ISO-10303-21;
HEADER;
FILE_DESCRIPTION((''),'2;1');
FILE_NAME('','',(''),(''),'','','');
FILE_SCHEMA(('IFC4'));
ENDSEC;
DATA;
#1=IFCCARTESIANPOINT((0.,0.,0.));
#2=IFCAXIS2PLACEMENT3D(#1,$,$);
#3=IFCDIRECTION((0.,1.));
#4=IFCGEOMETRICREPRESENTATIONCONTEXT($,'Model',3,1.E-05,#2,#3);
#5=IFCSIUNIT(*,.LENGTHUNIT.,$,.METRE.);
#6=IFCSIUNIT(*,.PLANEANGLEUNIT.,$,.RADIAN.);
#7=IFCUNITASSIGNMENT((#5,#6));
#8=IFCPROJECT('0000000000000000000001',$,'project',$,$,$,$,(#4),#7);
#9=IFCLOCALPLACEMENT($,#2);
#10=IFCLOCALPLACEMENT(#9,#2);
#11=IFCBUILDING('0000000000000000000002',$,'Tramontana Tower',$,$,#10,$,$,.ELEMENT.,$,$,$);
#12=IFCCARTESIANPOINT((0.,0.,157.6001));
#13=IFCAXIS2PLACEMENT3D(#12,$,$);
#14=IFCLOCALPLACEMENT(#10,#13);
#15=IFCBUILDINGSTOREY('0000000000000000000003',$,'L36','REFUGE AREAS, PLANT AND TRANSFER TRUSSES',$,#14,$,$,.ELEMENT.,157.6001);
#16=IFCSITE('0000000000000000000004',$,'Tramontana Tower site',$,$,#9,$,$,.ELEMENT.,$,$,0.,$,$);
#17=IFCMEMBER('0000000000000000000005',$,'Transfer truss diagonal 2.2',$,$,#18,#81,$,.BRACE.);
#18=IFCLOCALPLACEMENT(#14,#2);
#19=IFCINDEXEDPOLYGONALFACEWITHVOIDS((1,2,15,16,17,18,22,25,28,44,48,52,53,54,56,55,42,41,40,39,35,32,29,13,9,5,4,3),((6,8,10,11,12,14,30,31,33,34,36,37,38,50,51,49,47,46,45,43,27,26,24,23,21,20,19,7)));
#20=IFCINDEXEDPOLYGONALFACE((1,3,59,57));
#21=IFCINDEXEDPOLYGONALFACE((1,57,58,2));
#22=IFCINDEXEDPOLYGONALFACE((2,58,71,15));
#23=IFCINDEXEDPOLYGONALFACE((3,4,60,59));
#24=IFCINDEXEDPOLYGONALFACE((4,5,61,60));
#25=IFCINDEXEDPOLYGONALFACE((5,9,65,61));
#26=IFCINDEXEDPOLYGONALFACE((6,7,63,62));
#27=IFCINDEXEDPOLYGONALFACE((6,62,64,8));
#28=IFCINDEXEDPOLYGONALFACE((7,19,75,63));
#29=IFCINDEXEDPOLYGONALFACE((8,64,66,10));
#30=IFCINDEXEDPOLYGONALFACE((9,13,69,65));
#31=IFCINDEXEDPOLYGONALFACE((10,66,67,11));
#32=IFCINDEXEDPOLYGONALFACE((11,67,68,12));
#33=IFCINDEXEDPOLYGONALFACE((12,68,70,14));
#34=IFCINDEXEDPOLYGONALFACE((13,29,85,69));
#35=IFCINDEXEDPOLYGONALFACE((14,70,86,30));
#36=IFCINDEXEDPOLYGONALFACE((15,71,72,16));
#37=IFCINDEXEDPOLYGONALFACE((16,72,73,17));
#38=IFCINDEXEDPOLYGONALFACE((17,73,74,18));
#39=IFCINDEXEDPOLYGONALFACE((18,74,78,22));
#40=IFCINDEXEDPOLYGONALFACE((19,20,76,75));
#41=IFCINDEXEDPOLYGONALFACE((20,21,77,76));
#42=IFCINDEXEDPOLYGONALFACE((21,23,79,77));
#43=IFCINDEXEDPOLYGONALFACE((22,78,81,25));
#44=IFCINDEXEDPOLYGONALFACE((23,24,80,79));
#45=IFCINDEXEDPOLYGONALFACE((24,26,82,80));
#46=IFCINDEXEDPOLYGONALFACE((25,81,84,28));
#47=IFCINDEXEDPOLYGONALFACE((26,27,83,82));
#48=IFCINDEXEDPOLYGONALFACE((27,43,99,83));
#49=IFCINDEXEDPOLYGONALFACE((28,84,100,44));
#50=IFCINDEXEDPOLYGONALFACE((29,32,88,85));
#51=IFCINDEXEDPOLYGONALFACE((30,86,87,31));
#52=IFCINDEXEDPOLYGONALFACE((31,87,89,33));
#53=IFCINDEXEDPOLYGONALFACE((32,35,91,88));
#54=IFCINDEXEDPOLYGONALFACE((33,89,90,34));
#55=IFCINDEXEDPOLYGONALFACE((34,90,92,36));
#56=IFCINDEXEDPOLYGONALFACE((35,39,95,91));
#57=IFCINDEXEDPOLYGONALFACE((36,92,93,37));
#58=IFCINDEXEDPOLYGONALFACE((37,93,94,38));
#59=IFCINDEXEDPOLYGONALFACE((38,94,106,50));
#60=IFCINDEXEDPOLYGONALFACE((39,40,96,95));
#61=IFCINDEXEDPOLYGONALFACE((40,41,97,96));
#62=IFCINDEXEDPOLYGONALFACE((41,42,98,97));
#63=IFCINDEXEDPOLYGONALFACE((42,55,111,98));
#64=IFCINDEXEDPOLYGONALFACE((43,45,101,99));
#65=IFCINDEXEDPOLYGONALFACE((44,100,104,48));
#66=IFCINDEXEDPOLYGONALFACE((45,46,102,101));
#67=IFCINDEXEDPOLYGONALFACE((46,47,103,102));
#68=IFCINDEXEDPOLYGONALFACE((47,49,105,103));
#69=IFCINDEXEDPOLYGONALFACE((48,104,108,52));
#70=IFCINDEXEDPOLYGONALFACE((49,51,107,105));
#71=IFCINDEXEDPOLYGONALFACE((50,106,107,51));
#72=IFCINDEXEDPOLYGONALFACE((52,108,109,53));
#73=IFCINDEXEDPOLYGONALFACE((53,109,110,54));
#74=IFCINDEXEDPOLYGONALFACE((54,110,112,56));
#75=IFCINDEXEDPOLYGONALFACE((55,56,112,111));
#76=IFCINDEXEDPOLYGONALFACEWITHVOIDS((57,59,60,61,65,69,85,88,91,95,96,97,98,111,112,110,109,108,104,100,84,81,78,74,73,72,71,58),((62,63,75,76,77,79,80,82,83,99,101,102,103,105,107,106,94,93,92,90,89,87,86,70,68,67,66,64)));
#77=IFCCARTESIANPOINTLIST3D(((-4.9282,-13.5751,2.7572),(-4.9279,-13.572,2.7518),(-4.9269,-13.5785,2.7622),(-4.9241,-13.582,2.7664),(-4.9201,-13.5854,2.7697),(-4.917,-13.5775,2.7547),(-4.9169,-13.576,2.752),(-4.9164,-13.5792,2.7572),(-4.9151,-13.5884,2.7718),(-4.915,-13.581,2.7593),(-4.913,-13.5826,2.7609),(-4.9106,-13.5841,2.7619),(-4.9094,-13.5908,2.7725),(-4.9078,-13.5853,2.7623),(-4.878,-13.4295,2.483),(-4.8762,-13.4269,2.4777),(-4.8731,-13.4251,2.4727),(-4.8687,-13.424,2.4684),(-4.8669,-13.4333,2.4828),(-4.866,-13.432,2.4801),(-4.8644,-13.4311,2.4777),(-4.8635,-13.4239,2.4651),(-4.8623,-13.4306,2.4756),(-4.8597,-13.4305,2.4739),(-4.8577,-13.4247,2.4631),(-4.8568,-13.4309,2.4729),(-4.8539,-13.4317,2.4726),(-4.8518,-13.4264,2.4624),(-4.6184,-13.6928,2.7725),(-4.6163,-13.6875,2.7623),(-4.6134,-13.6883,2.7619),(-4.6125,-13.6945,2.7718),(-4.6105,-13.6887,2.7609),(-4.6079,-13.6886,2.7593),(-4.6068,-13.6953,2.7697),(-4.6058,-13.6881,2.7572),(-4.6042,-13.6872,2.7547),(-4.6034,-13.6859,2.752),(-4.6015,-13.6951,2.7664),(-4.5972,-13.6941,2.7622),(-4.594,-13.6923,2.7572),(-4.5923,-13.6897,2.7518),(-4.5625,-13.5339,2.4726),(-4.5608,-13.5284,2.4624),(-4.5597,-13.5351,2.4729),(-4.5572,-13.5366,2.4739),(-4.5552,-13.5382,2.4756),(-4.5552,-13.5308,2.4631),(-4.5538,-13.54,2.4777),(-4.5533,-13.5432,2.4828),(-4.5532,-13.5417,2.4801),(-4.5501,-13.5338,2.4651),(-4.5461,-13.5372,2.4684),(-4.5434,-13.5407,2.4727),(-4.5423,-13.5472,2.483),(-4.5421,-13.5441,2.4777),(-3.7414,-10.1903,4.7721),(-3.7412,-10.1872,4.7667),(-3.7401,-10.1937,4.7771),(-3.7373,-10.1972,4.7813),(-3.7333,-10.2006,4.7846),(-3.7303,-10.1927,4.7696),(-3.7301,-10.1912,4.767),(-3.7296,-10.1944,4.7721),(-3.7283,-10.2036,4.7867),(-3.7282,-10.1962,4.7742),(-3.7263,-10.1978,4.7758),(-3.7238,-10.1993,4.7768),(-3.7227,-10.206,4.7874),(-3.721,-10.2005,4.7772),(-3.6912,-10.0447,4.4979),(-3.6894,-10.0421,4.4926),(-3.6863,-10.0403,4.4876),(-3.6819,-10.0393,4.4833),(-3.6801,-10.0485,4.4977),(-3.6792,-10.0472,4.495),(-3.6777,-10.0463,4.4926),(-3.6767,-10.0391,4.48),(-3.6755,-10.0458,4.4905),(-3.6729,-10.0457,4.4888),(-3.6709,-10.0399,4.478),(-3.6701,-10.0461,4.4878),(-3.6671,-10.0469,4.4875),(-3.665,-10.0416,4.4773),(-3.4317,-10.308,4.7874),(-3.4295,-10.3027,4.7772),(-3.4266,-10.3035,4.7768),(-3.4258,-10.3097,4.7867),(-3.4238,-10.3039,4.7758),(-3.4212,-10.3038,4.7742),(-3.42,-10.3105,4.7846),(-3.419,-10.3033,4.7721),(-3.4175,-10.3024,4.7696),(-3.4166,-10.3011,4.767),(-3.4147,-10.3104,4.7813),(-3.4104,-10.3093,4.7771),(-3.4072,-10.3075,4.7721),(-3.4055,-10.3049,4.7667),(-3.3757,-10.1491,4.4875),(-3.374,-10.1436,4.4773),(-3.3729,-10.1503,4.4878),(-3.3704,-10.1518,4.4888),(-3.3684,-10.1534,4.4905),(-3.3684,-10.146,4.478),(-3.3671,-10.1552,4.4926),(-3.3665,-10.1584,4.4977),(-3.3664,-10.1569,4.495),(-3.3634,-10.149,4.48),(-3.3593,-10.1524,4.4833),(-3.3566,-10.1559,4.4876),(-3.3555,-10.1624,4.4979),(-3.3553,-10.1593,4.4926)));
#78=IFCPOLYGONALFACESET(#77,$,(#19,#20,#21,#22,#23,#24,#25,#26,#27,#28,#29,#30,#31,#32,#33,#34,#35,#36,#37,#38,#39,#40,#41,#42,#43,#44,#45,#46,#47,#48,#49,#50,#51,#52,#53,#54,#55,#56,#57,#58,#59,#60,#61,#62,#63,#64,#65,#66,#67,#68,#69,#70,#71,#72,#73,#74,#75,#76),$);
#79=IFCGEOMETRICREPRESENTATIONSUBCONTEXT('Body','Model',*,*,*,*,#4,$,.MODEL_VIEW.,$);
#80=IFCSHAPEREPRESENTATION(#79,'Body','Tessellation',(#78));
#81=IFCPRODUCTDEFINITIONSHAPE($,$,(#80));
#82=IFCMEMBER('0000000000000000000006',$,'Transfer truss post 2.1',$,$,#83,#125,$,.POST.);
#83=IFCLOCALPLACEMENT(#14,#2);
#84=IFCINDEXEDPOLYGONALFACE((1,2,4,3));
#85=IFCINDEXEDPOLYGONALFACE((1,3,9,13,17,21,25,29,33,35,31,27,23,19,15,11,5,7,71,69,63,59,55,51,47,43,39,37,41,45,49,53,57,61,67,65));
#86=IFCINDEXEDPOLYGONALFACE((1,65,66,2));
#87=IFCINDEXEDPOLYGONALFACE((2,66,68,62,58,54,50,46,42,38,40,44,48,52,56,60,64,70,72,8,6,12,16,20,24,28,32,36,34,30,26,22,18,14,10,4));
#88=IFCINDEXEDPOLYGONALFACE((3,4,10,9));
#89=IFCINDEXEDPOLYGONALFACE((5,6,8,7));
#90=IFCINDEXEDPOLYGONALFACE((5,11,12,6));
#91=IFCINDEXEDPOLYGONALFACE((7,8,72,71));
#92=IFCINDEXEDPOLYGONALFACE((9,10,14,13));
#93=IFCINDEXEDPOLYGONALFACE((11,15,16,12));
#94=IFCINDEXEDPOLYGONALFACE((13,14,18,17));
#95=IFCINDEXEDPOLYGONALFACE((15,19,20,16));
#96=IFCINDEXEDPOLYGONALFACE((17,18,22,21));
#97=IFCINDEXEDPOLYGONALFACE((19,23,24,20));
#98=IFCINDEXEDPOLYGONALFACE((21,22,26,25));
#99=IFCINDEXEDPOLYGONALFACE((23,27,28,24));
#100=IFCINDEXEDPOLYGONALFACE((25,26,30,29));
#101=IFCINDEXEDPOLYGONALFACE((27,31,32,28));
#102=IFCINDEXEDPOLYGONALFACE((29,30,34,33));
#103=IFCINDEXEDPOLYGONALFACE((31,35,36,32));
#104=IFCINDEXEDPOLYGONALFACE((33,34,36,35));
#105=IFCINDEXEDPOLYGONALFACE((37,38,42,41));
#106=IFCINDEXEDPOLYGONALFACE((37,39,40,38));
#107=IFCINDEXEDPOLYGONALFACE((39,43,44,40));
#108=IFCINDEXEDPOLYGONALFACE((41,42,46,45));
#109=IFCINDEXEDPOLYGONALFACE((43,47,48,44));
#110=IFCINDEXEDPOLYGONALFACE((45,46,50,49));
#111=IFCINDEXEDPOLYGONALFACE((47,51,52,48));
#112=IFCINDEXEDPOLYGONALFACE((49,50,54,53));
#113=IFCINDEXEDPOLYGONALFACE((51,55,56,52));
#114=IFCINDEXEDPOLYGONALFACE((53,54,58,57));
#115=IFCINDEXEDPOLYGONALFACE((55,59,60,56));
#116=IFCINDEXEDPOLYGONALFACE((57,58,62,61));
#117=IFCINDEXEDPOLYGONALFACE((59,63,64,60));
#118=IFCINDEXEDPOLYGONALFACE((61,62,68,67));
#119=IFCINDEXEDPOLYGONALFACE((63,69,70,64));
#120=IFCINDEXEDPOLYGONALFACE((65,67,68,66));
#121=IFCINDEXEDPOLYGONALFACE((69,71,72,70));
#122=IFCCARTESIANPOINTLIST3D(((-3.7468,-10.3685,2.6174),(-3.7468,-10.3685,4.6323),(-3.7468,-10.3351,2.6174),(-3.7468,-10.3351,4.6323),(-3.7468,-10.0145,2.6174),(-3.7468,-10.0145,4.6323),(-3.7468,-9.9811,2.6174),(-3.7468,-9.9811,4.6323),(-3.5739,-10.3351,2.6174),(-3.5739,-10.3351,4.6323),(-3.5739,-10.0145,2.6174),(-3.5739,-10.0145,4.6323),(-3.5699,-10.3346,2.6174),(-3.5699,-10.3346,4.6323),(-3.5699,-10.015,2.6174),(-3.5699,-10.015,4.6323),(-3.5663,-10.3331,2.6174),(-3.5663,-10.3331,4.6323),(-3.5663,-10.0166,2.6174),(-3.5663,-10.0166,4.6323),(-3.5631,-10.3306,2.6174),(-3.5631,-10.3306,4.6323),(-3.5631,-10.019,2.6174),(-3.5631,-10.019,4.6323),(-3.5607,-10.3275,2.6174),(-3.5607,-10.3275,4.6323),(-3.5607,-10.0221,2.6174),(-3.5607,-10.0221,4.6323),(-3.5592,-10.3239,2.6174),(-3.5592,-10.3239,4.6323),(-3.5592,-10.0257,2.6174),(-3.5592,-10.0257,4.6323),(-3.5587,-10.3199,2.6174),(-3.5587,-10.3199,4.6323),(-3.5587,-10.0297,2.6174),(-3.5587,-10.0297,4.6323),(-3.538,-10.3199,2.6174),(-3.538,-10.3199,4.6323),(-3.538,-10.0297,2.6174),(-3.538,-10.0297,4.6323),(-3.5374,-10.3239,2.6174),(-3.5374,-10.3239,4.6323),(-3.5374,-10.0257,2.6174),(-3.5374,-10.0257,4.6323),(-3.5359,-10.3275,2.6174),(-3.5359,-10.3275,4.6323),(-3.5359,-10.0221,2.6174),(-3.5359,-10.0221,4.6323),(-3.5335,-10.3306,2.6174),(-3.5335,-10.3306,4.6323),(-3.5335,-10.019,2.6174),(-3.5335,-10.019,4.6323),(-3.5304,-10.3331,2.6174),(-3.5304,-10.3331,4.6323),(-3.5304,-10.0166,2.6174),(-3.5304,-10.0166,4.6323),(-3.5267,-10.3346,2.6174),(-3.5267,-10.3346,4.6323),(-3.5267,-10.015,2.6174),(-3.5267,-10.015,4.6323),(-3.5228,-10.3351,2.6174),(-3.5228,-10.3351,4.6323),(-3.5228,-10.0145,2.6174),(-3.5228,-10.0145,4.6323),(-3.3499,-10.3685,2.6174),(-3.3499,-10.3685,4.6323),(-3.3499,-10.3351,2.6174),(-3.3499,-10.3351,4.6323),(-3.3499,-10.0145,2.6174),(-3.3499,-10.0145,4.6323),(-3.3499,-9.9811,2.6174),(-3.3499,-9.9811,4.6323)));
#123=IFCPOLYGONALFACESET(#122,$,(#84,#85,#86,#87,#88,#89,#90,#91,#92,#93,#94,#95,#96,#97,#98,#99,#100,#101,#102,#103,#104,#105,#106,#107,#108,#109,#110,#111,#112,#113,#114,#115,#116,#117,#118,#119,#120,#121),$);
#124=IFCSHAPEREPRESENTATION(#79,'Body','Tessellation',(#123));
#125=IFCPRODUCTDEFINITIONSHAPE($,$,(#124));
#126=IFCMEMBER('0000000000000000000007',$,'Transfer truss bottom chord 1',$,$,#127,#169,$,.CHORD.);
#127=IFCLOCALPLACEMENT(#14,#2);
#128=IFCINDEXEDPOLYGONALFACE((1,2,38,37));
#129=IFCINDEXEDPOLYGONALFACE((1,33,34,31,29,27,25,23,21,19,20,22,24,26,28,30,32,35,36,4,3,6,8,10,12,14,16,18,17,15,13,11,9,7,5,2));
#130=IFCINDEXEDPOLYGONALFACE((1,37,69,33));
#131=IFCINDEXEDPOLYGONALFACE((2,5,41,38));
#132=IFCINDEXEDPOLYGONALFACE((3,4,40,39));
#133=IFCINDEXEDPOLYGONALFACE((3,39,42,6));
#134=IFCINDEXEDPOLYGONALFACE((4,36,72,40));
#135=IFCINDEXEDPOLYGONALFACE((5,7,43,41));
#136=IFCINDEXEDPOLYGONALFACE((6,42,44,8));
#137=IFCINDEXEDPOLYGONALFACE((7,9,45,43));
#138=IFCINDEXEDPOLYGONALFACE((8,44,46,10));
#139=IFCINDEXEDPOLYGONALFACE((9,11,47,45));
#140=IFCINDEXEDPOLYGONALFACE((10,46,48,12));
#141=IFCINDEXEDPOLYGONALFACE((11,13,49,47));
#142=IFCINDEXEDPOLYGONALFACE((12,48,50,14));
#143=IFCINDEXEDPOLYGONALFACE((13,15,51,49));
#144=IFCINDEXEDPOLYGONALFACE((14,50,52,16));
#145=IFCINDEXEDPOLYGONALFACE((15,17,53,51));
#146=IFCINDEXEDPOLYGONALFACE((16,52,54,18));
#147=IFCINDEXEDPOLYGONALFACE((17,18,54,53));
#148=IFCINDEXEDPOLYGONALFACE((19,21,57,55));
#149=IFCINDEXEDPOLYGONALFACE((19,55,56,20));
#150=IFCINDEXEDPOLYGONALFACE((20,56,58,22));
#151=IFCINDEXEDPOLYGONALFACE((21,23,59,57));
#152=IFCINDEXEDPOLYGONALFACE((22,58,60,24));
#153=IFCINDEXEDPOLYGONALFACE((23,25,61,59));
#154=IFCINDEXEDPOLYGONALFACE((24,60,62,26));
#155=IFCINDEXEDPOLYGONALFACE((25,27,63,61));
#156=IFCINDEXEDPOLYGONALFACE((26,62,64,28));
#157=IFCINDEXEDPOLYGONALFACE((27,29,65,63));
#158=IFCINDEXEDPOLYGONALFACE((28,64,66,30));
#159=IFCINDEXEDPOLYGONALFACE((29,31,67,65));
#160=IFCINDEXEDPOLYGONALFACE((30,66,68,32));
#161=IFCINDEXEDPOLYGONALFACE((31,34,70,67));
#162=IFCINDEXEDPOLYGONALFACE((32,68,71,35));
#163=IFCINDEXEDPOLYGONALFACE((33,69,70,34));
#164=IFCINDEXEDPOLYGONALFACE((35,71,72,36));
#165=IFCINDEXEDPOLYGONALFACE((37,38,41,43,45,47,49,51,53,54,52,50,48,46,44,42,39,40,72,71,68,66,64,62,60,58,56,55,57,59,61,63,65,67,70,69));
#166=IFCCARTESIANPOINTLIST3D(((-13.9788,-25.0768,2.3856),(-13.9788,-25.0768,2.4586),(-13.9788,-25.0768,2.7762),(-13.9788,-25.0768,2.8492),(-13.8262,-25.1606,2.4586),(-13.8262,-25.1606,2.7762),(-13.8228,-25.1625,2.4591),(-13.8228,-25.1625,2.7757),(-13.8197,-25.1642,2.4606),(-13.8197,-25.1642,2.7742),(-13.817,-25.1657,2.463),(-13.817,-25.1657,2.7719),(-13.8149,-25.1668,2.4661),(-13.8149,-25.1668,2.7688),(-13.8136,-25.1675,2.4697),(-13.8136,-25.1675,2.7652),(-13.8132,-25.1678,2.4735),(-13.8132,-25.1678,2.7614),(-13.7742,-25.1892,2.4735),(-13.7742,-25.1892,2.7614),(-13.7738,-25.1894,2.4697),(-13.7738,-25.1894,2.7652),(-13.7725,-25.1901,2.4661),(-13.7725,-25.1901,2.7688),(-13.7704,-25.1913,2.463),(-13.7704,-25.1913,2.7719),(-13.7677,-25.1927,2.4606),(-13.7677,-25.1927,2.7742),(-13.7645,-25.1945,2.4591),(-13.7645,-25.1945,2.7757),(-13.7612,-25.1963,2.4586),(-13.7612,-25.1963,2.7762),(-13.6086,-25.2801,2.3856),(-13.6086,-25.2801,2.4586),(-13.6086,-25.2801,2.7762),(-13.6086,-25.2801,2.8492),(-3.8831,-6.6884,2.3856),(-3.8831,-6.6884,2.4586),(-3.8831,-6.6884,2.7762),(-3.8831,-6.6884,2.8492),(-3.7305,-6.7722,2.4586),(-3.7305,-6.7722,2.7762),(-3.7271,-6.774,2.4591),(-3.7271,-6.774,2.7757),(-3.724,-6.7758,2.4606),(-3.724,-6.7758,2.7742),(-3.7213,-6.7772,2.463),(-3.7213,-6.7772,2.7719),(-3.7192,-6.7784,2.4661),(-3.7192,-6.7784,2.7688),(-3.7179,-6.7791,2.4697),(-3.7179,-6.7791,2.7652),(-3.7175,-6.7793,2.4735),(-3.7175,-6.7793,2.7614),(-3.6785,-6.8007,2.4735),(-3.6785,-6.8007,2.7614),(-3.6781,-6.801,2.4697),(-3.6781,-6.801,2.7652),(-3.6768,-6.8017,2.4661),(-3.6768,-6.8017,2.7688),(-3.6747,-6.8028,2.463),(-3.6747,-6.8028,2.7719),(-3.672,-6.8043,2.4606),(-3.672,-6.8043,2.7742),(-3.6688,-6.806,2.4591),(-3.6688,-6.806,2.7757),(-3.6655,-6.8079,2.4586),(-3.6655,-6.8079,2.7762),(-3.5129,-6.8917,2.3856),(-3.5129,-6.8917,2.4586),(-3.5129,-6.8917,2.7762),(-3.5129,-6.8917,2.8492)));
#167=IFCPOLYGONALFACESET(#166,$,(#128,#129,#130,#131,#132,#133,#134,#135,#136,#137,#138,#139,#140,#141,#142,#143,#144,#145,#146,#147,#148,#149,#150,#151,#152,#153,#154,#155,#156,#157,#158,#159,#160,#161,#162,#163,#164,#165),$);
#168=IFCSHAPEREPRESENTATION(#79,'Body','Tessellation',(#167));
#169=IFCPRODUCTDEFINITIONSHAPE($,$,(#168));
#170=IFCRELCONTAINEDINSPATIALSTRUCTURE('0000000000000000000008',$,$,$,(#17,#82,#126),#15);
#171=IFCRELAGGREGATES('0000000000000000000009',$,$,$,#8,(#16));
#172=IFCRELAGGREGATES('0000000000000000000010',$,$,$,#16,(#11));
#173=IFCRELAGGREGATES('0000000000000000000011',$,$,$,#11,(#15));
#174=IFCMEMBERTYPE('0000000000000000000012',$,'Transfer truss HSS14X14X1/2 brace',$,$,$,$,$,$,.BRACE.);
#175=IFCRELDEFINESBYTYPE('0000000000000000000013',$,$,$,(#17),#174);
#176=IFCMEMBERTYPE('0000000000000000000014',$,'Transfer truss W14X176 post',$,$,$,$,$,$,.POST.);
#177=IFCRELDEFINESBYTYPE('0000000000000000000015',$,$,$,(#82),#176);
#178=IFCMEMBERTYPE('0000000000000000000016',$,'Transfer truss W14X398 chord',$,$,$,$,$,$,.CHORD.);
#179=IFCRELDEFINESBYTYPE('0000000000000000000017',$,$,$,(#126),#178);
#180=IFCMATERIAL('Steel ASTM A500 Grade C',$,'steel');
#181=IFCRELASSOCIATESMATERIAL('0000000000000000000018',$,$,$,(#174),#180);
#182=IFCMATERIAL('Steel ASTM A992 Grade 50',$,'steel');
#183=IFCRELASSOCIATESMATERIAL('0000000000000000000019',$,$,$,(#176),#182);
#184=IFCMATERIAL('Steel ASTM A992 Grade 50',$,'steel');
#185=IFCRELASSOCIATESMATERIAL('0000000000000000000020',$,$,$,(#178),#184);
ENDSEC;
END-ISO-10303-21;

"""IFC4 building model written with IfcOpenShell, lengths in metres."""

from ifc_helpers import new_model, si_unit, direction, frame, origin, origin_2d, place, context, subcontext, project, spatial, hollow_rectangle, i_section, extrude, material, material_profile, profile_set, type_object, element, save


model = new_model("IFC4")

# Units and contexts
model_context = context("Model", 3, precision=1e-05, world=origin(), true_north=direction((0.0, 1.0)))
body_context = subcontext(model_context, "Body", "Model", "MODEL_VIEW")
ifc_project = project(units=[si_unit("LENGTHUNIT", "METRE"), si_unit("PLANEANGLEUNIT", "RADIAN")], contexts=[model_context])

# Site, building, storey
site_placement = place(None, origin())
site = spatial("IfcSite", under=ifc_project, at=site_placement, Name="Tramontana Tower site", CompositionType="ELEMENT", RefElevation=0.0)
building_placement = place(site_placement, origin())
building = spatial("IfcBuilding", under=site, at=building_placement, Name="Tramontana Tower", CompositionType="ELEMENT")
storey_placement = place(building_placement, frame((0.0, 0.0, 157.6001)))
storey = spatial("IfcBuildingStorey", under=building, at=storey_placement, Name="L36", Description="REFUGE AREAS, PLANT AND TRANSFER TRUSSES", CompositionType="ELEMENT", Elevation=157.6001)

# Members
ifc_material_1 = material(Name="Steel ASTM A500 Grade C", Category="steel")
ifc_material_profile_1 = material_profile(ifc_material_1, hollow_rectangle(XDim=0.3557, YDim=0.3557, WallThickness=0.0117, InnerFilletRadius=0.0117, OuterFilletRadius=0.0237, at=origin_2d()), Name="HSS14X14X1/2")
ifc_profile_set_1 = profile_set([ifc_material_profile_1], Name="Steel ASTM A500 Grade C")
member_type_1 = type_object("IfcMemberType", Name="Transfer truss HSS14X14X1/2 brace", PredefinedType="BRACE", material=ifc_profile_set_1)
member_1_placement = place(storey_placement, frame((-3.5483, -10.1748, 4.6323), z_axis=(-0.288472, -0.822747, -0.489767), x_axis=(0.943676, -0.330872, 0.0)))
element("IfcMember", 1, at=member_1_placement, inside=storey, type_object=member_type_1, Name="Transfer truss diagonal 2.2", PredefinedType="BRACE", context=body_context, shape_type="SweptSolid", body=[
    extrude(hollow_rectangle(XDim=0.3557, YDim=0.3557, WallThickness=0.0117, InnerFilletRadius=0.0117, OuterFilletRadius=0.0237, at=origin_2d()), origin(), (0.0, 0.0, 1.0), 4.114),
])
ifc_material_2 = material(Name="Steel ASTM A992 Grade 50", Category="steel")
ifc_material_profile_2 = material_profile(ifc_material_2, i_section(OverallWidth=0.397, OverallDepth=0.3875, WebThickness=0.0208, FlangeThickness=0.0334, FilletRadius=0.0151, at=origin_2d()), Name="W14X176")
ifc_profile_set_2 = profile_set([ifc_material_profile_2], Name="Steel ASTM A992 Grade 50")
member_type_2 = type_object("IfcMemberType", Name="Transfer truss W14X176 post", PredefinedType="POST", material=ifc_profile_set_2)
member_2_placement = place(storey_placement, frame((-3.5483, -10.1748, 2.6174), z_axis=(0.0, 0.0, 1.0), x_axis=(1.0, 0.0, 0.0)))
element("IfcMember", 2, at=member_2_placement, inside=storey, type_object=member_type_2, Name="Transfer truss post 2.1", PredefinedType="POST", context=body_context, shape_type="SweptSolid", body=[
    extrude(i_section(OverallWidth=0.397, OverallDepth=0.3875, WebThickness=0.0208, FlangeThickness=0.0334, FilletRadius=0.0151, at=origin_2d()), origin(), (0.0, 0.0, 1.0), 2.0149),
])
ifc_material_3 = material(Name="Steel ASTM A992 Grade 50", Category="steel")
ifc_material_profile_3 = material_profile(ifc_material_3, i_section(OverallWidth=0.4224, OverallDepth=0.4636, WebThickness=0.0444, FlangeThickness=0.073, FilletRadius=0.0149, at=origin_2d()), Name="W14X398")
ifc_profile_set_3 = profile_set([ifc_material_profile_3], Name="Steel ASTM A992 Grade 50")
member_type_3 = type_object("IfcMemberType", Name="Transfer truss W14X398 chord", PredefinedType="CHORD", material=ifc_profile_set_3)
for number, where, z_axis, x_axis, name in (
    (3, (-3.698, -6.79, 2.6174), (-0.481262, -0.876577, 0.0), (0.876577, -0.481262, 0.0), "Transfer truss bottom chord 1"),
):
    element("IfcMember", number, at=place(storey_placement, frame(where, z_axis=z_axis, x_axis=x_axis)), inside=storey, type_object=member_type_3, Name=name, PredefinedType="CHORD", context=body_context, shape_type="SweptSolid", body=[
        extrude(i_section(OverallWidth=0.4224, OverallDepth=0.4636, WebThickness=0.0444, FlangeThickness=0.073, FilletRadius=0.0149, at=origin_2d()), origin(), (0.0, 0.0, 1.0), 20.9775),
    ])

save(model, "model.ifc")
